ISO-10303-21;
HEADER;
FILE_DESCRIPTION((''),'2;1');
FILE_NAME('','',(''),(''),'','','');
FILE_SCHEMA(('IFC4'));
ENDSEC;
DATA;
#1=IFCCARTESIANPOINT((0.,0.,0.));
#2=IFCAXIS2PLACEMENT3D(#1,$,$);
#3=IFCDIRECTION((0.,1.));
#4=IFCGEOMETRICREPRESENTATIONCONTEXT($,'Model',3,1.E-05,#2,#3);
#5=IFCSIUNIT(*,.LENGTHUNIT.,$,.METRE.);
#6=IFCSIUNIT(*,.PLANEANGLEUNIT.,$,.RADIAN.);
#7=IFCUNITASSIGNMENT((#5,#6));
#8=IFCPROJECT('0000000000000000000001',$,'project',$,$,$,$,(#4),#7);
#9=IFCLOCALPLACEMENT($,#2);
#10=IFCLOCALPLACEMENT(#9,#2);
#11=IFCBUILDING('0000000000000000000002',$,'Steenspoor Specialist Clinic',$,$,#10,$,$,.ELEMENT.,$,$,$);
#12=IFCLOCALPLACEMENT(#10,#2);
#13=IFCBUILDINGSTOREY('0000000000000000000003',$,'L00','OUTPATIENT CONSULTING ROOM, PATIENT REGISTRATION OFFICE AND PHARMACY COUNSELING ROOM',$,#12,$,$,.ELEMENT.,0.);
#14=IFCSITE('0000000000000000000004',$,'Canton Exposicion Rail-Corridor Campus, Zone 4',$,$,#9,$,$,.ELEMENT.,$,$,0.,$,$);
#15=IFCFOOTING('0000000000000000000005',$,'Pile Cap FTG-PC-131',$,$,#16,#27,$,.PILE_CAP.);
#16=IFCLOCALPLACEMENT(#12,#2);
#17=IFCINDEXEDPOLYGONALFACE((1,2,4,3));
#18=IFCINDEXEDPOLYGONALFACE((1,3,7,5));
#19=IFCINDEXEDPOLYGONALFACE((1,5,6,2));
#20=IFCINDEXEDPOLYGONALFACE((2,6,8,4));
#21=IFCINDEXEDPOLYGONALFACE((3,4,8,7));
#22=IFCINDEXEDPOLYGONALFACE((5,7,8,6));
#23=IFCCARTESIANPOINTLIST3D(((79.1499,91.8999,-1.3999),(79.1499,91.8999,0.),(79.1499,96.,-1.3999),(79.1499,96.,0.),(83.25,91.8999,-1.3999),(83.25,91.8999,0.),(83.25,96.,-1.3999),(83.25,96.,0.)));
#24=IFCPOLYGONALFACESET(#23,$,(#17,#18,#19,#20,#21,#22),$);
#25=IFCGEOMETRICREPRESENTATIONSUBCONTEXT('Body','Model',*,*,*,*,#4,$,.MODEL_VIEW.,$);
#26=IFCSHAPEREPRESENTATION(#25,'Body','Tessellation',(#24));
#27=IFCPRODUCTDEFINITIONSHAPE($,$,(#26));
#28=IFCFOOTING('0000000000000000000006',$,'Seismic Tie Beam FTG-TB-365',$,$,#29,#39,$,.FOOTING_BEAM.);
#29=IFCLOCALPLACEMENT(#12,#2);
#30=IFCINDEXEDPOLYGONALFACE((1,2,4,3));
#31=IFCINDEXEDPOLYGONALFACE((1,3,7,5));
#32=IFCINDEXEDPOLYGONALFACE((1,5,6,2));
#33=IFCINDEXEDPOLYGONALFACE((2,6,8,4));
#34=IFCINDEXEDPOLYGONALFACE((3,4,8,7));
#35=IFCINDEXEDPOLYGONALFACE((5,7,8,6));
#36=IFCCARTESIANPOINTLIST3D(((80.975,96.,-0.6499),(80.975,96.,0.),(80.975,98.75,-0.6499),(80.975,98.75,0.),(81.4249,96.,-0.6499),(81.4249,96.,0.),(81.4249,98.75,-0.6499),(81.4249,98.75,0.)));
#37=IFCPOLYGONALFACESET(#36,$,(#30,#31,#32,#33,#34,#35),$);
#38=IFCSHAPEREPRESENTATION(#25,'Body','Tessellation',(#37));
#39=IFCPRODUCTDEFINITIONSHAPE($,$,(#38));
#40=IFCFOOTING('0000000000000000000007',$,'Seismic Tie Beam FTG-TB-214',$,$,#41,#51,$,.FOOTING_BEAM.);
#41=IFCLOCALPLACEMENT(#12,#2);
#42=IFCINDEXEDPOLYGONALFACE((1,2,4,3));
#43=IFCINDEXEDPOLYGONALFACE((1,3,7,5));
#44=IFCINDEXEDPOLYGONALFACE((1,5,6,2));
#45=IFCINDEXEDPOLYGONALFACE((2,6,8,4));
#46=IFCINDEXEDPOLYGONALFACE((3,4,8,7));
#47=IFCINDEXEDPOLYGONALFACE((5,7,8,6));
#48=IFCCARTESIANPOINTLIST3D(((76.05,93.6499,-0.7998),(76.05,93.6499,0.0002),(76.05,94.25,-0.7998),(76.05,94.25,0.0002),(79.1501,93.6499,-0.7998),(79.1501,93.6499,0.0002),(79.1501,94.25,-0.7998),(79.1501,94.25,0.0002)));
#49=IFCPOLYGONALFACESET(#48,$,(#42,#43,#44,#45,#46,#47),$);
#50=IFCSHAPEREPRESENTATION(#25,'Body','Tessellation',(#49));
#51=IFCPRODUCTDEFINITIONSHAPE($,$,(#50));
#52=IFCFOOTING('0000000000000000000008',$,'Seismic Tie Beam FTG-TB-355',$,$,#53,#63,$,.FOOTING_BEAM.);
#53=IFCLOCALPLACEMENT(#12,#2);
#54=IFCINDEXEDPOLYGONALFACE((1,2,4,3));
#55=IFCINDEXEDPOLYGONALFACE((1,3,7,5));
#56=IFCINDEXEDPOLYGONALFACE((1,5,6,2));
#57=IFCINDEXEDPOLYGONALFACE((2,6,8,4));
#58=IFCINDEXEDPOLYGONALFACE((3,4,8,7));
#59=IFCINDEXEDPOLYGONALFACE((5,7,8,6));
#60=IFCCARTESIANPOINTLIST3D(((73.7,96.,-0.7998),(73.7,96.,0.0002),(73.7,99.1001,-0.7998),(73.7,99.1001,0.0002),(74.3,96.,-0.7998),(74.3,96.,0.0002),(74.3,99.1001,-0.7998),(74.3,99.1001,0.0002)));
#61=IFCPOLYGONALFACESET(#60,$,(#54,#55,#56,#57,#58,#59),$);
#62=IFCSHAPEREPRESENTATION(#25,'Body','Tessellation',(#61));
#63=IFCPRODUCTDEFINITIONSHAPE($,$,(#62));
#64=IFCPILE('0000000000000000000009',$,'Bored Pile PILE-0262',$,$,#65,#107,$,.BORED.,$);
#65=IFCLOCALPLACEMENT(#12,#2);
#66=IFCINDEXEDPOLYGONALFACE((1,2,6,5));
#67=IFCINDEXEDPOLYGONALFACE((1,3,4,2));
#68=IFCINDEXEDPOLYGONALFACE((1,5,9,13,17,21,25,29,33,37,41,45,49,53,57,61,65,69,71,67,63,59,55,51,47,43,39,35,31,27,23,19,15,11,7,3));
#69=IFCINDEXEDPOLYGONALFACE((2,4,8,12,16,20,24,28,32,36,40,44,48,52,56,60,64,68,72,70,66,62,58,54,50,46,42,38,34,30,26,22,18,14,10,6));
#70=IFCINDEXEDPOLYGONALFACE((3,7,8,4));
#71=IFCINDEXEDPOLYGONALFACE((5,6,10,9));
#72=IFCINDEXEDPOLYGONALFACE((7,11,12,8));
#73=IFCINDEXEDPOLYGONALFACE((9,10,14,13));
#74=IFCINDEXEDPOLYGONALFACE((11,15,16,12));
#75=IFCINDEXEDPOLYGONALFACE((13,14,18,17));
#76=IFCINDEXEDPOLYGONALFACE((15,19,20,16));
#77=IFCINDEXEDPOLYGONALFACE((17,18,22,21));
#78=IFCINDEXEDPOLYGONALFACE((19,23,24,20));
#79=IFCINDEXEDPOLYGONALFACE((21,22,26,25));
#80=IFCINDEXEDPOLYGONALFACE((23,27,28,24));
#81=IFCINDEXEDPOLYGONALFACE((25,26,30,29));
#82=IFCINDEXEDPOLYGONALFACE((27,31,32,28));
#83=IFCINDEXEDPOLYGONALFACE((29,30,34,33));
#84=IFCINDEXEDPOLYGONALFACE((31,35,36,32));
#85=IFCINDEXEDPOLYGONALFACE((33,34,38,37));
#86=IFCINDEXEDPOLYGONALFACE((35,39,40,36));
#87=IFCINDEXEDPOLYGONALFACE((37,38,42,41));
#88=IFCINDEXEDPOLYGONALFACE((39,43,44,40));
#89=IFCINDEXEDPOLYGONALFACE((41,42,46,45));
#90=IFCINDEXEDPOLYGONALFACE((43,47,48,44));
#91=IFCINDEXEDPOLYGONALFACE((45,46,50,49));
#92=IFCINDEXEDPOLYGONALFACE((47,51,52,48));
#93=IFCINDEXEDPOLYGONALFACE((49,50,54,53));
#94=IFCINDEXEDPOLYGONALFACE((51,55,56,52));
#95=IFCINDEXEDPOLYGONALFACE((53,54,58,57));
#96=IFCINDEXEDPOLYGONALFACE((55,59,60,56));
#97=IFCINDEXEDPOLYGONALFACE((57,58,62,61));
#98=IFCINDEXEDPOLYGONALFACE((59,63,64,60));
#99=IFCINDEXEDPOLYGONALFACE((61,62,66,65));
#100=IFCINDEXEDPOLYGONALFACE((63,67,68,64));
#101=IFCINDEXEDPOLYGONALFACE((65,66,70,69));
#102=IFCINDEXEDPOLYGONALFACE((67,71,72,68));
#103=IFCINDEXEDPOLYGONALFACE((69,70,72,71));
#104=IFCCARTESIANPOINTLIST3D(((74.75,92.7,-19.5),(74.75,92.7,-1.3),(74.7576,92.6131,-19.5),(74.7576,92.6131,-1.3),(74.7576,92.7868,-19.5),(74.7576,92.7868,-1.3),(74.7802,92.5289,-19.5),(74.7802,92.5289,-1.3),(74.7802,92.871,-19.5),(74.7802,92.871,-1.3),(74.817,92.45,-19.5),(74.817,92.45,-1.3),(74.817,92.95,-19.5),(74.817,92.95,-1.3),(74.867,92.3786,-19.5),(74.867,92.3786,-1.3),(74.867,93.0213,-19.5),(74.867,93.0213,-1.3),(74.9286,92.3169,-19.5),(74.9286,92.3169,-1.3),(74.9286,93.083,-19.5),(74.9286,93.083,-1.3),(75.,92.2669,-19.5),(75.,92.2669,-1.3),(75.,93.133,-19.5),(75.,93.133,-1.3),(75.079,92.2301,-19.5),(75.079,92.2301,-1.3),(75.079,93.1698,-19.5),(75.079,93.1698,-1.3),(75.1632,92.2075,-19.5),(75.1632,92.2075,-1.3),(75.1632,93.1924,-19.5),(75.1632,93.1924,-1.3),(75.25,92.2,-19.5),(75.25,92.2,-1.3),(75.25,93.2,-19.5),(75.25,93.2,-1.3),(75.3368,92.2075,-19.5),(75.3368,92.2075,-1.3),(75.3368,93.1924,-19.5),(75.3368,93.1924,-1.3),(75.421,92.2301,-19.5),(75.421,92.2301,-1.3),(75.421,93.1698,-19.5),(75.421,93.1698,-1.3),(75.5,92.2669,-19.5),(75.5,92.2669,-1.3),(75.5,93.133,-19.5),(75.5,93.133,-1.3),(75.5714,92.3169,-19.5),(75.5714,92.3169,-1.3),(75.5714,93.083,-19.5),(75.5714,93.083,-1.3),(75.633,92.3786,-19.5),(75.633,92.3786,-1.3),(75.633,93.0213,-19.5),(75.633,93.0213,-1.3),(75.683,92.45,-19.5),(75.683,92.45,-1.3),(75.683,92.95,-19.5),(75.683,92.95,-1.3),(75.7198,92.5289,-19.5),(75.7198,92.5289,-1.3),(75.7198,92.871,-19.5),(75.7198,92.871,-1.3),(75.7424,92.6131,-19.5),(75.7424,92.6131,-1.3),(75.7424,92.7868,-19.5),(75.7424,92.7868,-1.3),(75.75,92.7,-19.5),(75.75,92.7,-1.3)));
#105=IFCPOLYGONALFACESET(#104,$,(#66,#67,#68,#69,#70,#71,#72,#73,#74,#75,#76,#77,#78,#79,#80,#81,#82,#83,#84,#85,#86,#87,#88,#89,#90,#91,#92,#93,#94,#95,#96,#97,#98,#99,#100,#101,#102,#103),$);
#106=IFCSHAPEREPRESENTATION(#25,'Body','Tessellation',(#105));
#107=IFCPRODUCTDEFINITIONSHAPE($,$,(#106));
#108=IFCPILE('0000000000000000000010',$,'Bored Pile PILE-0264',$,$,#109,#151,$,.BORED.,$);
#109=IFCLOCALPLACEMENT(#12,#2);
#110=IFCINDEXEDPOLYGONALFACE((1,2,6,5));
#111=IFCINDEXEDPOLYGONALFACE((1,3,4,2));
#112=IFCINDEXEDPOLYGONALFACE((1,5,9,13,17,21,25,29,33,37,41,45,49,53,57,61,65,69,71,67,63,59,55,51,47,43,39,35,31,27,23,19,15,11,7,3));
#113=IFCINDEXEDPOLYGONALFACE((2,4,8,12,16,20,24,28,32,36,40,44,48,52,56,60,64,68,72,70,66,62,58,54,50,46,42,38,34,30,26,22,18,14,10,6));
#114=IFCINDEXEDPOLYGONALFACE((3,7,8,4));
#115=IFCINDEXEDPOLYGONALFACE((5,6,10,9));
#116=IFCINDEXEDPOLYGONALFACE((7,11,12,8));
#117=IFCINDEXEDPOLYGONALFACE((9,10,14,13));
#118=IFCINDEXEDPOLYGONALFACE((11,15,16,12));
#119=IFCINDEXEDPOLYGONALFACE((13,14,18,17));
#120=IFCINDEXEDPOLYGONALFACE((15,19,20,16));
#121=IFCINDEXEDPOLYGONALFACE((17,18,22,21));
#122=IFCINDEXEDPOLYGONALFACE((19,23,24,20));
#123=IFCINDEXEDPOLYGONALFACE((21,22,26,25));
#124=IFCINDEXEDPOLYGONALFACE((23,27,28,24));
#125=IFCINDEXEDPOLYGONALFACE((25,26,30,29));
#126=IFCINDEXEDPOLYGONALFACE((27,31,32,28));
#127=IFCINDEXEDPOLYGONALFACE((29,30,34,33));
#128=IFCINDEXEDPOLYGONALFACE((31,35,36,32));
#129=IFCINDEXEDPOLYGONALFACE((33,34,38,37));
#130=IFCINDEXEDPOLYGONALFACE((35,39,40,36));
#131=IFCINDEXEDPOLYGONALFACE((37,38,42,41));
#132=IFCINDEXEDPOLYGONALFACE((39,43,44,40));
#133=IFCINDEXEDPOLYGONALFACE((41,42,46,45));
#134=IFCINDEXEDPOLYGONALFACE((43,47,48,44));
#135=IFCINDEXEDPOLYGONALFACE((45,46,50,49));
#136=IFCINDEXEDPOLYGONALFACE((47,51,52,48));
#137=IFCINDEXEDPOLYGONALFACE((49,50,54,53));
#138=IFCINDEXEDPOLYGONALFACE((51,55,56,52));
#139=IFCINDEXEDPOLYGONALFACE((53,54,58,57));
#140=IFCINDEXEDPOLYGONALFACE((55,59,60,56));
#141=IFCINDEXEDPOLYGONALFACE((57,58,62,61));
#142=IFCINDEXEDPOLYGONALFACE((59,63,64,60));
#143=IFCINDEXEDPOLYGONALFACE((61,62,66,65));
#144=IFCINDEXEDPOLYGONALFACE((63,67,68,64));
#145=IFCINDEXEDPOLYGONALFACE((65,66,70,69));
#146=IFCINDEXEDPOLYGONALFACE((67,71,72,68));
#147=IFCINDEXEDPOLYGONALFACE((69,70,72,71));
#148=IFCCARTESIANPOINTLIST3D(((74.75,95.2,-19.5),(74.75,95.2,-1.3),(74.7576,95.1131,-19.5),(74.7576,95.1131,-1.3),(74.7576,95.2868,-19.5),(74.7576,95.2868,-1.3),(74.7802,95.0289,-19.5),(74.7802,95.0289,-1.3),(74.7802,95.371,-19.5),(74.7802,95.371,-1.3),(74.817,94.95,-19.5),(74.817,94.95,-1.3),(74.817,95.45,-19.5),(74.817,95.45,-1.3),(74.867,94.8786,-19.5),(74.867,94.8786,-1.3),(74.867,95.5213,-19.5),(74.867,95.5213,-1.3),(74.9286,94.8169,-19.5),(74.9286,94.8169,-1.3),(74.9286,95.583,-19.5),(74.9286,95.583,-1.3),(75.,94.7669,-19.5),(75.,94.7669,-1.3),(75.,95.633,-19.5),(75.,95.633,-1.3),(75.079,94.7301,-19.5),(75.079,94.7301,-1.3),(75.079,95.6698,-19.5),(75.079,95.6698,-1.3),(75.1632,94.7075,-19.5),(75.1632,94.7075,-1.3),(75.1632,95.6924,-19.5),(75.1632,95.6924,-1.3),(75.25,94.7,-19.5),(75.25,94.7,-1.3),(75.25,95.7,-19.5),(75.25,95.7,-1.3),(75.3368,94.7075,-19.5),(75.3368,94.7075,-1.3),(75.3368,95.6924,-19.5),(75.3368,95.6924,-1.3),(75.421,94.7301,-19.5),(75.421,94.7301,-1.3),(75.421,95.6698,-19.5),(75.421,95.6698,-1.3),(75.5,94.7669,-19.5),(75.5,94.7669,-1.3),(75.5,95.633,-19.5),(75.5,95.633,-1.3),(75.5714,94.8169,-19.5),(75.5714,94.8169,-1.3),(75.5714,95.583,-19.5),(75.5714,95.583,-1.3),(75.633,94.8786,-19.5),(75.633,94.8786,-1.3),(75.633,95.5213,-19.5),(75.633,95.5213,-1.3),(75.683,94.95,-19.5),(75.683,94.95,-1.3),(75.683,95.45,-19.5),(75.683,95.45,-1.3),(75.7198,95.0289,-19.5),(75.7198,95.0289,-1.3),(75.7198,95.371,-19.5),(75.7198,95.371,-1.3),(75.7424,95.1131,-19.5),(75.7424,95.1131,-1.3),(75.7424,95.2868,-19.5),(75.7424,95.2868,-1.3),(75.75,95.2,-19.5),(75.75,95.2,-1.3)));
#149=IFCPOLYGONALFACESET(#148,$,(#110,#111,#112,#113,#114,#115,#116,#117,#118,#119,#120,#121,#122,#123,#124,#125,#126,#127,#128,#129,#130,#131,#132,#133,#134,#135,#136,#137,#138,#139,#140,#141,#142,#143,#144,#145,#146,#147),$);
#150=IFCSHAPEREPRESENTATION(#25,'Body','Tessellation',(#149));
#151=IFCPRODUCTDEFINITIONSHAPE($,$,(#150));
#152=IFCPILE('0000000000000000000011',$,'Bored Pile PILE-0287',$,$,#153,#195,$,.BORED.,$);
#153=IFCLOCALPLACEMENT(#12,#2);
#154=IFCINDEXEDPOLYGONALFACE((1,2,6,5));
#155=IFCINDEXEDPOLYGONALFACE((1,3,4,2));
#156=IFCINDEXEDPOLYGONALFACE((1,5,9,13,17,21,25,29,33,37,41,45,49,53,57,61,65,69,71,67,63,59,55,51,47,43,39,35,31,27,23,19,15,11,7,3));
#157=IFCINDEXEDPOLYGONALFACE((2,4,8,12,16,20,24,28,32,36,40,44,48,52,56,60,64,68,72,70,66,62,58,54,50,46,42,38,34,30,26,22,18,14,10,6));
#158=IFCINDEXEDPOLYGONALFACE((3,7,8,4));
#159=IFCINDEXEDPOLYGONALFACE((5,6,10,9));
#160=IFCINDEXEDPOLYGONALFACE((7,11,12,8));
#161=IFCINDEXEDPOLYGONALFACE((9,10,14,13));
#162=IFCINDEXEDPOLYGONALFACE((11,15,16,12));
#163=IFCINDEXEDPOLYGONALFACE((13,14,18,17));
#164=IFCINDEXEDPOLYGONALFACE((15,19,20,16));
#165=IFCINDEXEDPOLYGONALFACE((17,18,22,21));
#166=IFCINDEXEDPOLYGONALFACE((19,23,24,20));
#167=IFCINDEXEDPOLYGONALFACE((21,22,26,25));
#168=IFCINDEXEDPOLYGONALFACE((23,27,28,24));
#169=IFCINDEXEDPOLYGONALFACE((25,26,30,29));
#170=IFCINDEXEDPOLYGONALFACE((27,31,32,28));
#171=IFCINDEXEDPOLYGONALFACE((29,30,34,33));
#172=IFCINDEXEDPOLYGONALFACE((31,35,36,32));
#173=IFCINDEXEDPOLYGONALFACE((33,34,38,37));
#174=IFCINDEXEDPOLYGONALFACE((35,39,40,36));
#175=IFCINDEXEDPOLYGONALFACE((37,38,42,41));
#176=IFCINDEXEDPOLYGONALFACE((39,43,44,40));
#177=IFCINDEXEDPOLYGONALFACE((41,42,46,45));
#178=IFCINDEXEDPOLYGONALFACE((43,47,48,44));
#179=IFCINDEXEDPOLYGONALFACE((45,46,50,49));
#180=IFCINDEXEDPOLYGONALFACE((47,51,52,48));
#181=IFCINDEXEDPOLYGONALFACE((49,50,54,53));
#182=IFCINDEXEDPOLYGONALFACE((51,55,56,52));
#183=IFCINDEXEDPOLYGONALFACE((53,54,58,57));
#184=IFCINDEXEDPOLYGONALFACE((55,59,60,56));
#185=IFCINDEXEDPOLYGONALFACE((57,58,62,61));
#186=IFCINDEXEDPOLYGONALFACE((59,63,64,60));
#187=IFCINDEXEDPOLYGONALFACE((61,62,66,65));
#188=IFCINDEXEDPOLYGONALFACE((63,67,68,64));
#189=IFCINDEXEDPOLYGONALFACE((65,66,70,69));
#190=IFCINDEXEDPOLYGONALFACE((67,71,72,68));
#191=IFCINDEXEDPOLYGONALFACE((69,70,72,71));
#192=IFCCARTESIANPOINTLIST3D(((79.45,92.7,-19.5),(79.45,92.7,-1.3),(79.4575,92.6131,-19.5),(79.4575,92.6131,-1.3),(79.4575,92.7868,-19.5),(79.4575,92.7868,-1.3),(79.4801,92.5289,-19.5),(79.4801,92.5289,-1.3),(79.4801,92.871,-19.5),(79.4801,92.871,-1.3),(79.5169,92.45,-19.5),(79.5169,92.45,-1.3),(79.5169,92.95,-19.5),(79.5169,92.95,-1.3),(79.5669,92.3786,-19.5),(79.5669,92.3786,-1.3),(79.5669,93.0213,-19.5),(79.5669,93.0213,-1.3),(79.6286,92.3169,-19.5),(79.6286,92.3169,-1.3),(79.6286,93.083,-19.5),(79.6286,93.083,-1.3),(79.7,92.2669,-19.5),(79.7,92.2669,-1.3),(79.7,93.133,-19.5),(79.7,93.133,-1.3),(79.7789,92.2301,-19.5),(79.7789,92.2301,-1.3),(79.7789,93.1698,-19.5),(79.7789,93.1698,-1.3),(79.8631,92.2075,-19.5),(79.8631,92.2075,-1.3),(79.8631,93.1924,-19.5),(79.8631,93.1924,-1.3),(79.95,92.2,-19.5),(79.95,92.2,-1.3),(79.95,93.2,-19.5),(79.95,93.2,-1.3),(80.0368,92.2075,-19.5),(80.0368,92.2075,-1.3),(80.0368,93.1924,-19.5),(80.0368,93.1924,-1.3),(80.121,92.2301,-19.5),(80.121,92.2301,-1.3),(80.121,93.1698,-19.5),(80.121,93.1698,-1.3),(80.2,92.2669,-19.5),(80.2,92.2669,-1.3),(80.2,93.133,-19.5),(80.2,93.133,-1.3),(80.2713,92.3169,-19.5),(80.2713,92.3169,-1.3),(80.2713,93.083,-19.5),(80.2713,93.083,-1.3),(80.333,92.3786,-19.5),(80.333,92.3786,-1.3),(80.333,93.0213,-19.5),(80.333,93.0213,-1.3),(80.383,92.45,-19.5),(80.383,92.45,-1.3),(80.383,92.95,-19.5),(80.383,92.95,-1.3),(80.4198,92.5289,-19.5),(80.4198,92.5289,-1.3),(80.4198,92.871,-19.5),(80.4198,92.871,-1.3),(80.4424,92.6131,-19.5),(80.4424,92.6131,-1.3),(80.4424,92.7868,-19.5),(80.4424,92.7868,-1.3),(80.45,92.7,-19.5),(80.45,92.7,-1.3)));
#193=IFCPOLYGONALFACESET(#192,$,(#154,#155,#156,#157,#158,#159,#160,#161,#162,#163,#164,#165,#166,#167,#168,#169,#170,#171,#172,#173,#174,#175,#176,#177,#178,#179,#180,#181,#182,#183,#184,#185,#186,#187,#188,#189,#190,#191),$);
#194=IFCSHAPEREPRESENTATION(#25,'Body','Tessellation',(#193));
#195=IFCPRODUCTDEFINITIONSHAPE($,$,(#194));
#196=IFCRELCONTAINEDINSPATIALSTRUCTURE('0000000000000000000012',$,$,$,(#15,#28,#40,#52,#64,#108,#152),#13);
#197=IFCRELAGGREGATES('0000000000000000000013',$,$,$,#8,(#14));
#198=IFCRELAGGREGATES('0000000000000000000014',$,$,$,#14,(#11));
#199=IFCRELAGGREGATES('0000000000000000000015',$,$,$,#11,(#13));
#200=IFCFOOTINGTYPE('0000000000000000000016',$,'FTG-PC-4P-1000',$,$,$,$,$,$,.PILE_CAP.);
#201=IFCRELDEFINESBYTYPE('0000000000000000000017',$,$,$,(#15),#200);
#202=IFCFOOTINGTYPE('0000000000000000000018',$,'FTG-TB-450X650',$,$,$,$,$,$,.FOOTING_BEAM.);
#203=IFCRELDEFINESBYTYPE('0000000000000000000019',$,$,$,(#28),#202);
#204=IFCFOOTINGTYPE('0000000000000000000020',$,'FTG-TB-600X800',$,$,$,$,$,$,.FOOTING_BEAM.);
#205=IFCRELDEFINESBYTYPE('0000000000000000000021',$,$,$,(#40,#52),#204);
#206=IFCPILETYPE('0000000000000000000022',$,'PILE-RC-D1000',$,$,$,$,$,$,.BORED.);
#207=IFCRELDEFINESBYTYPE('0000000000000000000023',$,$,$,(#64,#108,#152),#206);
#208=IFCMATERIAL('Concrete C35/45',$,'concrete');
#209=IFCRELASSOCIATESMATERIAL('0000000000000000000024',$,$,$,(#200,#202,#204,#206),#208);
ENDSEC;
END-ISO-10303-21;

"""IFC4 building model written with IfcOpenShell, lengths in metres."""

from ifc_helpers import new_model, si_unit, direction, frame, origin, origin_2d, place, context, subcontext, project, spatial, rectangle, circle, extrude, material, material_profile, profile_set, type_object, element, save


model = new_model("IFC4")

# Units and contexts
model_context = context("Model", 3, precision=1e-05, world=origin(), true_north=direction((0.0, 1.0)))
body_context = subcontext(model_context, "Body", "Model", "MODEL_VIEW")
ifc_project = project(units=[si_unit("LENGTHUNIT", "METRE"), si_unit("PLANEANGLEUNIT", "RADIAN")], contexts=[model_context])

# Site, building, storey
site_placement = place(None, origin())
site = spatial("IfcSite", under=ifc_project, at=site_placement, Name="Canton Exposicion Rail-Corridor Campus, Zone 4", CompositionType="ELEMENT", RefElevation=0.0)
building_placement = place(site_placement, origin())
building = spatial("IfcBuilding", under=site, at=building_placement, Name="Steenspoor Specialist Clinic", CompositionType="ELEMENT")
storey_placement = place(building_placement, origin())
storey = spatial("IfcBuildingStorey", under=building, at=storey_placement, Name="L00", Description="OUTPATIENT CONSULTING ROOM, PATIENT REGISTRATION OFFICE AND PHARMACY COUNSELING ROOM", CompositionType="ELEMENT", Elevation=0.0)

# Footings
ifc_material_1 = material(Name="Concrete C35/45", Category="concrete")
footing_type_1 = type_object("IfcFootingType", Name="FTG-PC-4P-1000", PredefinedType="PILE_CAP", material=ifc_material_1)
footing_1_placement = place(storey_placement, frame((81.2, 93.95, -1.3999), z_axis=(0.0, 0.0, 1.0), x_axis=(1.0, 0.0, 0.0)))
element("IfcFooting", 1, at=footing_1_placement, inside=storey, type_object=footing_type_1, Name="Pile Cap FTG-PC-131", PredefinedType="PILE_CAP", context=body_context, shape_type="SweptSolid", body=[
    extrude(rectangle(XDim=4.1001, YDim=4.1001, at=origin_2d()), origin(), (0.0, 0.0, 1.0), 1.3999),
])
footing_type_2 = type_object("IfcFootingType", Name="FTG-TB-450X650", PredefinedType="FOOTING_BEAM", material=ifc_material_1)
footing_2_placement = place(storey_placement, frame((81.2, 97.375, -0.6499), z_axis=(0.0, 0.0, 1.0), x_axis=(1.0, 0.0, 0.0)))
element("IfcFooting", 2, at=footing_2_placement, inside=storey, type_object=footing_type_2, Name="Seismic Tie Beam FTG-TB-365", PredefinedType="FOOTING_BEAM", context=body_context, shape_type="SweptSolid", body=[
    extrude(rectangle(XDim=0.45, YDim=2.75, at=origin_2d()), origin(), (0.0, 0.0, 1.0), 0.6499),
])
footing_type_3 = type_object("IfcFootingType", Name="FTG-TB-600X800", PredefinedType="FOOTING_BEAM", material=ifc_material_1)
footing_3_placement = place(storey_placement, frame((77.6001, 93.95, -0.7998), z_axis=(0.0, 0.0, 1.0), x_axis=(1.0, 0.0, 0.0)))
element("IfcFooting", 3, at=footing_3_placement, inside=storey, type_object=footing_type_3, Name="Seismic Tie Beam FTG-TB-214", PredefinedType="FOOTING_BEAM", context=body_context, shape_type="SweptSolid", body=[
    extrude(rectangle(XDim=3.1001, YDim=0.6001, at=origin_2d()), origin(), (0.0, 0.0, 1.0), 0.8),
])
footing_4_placement = place(storey_placement, frame((74.0, 97.55, -0.7998), z_axis=(0.0, 0.0, 1.0), x_axis=(1.0, 0.0, 0.0)))
element("IfcFooting", 4, at=footing_4_placement, inside=storey, type_object=footing_type_3, Name="Seismic Tie Beam FTG-TB-355", PredefinedType="FOOTING_BEAM", context=body_context, shape_type="SweptSolid", body=[
    extrude(rectangle(XDim=0.6001, YDim=3.1001, at=origin_2d()), origin(), (0.0, 0.0, 1.0), 0.8),
])

# Piles
ifc_material_profile_1 = material_profile(ifc_material_1, circle(Radius=0.5, at=origin_2d()), Name="PILE-D1000")
ifc_profile_set_1 = profile_set([ifc_material_profile_1], Name="Concrete C35/45")
pile_type = type_object("IfcPileType", Name="PILE-RC-D1000", PredefinedType="BORED", material=ifc_profile_set_1)
for number, where, z_axis, x_axis, name in (
    (5, (75.25, 92.7, -1.3), (0.0, 0.0, -1.0), (1.0, 0.0, 0.0), "Bored Pile PILE-0262"),
    (6, (75.25, 95.2, -1.3), (0.0, 0.0, -1.0), (1.0, 0.0, 0.0), "Bored Pile PILE-0264"),
    (7, (79.95, 92.7, -1.3), (0.0, 0.0, -1.0), (1.0, 0.0, 0.0), "Bored Pile PILE-0287"),
):
    element("IfcPile", number, at=place(storey_placement, frame(where, z_axis=z_axis, x_axis=x_axis)), inside=storey, type_object=pile_type, Name=name, PredefinedType="BORED", context=body_context, shape_type="SweptSolid", body=[
        extrude(circle(Radius=0.5, at=origin_2d()), origin(), (0.0, 0.0, 1.0), 18.2),
    ])

save(model, "model.ifc")
